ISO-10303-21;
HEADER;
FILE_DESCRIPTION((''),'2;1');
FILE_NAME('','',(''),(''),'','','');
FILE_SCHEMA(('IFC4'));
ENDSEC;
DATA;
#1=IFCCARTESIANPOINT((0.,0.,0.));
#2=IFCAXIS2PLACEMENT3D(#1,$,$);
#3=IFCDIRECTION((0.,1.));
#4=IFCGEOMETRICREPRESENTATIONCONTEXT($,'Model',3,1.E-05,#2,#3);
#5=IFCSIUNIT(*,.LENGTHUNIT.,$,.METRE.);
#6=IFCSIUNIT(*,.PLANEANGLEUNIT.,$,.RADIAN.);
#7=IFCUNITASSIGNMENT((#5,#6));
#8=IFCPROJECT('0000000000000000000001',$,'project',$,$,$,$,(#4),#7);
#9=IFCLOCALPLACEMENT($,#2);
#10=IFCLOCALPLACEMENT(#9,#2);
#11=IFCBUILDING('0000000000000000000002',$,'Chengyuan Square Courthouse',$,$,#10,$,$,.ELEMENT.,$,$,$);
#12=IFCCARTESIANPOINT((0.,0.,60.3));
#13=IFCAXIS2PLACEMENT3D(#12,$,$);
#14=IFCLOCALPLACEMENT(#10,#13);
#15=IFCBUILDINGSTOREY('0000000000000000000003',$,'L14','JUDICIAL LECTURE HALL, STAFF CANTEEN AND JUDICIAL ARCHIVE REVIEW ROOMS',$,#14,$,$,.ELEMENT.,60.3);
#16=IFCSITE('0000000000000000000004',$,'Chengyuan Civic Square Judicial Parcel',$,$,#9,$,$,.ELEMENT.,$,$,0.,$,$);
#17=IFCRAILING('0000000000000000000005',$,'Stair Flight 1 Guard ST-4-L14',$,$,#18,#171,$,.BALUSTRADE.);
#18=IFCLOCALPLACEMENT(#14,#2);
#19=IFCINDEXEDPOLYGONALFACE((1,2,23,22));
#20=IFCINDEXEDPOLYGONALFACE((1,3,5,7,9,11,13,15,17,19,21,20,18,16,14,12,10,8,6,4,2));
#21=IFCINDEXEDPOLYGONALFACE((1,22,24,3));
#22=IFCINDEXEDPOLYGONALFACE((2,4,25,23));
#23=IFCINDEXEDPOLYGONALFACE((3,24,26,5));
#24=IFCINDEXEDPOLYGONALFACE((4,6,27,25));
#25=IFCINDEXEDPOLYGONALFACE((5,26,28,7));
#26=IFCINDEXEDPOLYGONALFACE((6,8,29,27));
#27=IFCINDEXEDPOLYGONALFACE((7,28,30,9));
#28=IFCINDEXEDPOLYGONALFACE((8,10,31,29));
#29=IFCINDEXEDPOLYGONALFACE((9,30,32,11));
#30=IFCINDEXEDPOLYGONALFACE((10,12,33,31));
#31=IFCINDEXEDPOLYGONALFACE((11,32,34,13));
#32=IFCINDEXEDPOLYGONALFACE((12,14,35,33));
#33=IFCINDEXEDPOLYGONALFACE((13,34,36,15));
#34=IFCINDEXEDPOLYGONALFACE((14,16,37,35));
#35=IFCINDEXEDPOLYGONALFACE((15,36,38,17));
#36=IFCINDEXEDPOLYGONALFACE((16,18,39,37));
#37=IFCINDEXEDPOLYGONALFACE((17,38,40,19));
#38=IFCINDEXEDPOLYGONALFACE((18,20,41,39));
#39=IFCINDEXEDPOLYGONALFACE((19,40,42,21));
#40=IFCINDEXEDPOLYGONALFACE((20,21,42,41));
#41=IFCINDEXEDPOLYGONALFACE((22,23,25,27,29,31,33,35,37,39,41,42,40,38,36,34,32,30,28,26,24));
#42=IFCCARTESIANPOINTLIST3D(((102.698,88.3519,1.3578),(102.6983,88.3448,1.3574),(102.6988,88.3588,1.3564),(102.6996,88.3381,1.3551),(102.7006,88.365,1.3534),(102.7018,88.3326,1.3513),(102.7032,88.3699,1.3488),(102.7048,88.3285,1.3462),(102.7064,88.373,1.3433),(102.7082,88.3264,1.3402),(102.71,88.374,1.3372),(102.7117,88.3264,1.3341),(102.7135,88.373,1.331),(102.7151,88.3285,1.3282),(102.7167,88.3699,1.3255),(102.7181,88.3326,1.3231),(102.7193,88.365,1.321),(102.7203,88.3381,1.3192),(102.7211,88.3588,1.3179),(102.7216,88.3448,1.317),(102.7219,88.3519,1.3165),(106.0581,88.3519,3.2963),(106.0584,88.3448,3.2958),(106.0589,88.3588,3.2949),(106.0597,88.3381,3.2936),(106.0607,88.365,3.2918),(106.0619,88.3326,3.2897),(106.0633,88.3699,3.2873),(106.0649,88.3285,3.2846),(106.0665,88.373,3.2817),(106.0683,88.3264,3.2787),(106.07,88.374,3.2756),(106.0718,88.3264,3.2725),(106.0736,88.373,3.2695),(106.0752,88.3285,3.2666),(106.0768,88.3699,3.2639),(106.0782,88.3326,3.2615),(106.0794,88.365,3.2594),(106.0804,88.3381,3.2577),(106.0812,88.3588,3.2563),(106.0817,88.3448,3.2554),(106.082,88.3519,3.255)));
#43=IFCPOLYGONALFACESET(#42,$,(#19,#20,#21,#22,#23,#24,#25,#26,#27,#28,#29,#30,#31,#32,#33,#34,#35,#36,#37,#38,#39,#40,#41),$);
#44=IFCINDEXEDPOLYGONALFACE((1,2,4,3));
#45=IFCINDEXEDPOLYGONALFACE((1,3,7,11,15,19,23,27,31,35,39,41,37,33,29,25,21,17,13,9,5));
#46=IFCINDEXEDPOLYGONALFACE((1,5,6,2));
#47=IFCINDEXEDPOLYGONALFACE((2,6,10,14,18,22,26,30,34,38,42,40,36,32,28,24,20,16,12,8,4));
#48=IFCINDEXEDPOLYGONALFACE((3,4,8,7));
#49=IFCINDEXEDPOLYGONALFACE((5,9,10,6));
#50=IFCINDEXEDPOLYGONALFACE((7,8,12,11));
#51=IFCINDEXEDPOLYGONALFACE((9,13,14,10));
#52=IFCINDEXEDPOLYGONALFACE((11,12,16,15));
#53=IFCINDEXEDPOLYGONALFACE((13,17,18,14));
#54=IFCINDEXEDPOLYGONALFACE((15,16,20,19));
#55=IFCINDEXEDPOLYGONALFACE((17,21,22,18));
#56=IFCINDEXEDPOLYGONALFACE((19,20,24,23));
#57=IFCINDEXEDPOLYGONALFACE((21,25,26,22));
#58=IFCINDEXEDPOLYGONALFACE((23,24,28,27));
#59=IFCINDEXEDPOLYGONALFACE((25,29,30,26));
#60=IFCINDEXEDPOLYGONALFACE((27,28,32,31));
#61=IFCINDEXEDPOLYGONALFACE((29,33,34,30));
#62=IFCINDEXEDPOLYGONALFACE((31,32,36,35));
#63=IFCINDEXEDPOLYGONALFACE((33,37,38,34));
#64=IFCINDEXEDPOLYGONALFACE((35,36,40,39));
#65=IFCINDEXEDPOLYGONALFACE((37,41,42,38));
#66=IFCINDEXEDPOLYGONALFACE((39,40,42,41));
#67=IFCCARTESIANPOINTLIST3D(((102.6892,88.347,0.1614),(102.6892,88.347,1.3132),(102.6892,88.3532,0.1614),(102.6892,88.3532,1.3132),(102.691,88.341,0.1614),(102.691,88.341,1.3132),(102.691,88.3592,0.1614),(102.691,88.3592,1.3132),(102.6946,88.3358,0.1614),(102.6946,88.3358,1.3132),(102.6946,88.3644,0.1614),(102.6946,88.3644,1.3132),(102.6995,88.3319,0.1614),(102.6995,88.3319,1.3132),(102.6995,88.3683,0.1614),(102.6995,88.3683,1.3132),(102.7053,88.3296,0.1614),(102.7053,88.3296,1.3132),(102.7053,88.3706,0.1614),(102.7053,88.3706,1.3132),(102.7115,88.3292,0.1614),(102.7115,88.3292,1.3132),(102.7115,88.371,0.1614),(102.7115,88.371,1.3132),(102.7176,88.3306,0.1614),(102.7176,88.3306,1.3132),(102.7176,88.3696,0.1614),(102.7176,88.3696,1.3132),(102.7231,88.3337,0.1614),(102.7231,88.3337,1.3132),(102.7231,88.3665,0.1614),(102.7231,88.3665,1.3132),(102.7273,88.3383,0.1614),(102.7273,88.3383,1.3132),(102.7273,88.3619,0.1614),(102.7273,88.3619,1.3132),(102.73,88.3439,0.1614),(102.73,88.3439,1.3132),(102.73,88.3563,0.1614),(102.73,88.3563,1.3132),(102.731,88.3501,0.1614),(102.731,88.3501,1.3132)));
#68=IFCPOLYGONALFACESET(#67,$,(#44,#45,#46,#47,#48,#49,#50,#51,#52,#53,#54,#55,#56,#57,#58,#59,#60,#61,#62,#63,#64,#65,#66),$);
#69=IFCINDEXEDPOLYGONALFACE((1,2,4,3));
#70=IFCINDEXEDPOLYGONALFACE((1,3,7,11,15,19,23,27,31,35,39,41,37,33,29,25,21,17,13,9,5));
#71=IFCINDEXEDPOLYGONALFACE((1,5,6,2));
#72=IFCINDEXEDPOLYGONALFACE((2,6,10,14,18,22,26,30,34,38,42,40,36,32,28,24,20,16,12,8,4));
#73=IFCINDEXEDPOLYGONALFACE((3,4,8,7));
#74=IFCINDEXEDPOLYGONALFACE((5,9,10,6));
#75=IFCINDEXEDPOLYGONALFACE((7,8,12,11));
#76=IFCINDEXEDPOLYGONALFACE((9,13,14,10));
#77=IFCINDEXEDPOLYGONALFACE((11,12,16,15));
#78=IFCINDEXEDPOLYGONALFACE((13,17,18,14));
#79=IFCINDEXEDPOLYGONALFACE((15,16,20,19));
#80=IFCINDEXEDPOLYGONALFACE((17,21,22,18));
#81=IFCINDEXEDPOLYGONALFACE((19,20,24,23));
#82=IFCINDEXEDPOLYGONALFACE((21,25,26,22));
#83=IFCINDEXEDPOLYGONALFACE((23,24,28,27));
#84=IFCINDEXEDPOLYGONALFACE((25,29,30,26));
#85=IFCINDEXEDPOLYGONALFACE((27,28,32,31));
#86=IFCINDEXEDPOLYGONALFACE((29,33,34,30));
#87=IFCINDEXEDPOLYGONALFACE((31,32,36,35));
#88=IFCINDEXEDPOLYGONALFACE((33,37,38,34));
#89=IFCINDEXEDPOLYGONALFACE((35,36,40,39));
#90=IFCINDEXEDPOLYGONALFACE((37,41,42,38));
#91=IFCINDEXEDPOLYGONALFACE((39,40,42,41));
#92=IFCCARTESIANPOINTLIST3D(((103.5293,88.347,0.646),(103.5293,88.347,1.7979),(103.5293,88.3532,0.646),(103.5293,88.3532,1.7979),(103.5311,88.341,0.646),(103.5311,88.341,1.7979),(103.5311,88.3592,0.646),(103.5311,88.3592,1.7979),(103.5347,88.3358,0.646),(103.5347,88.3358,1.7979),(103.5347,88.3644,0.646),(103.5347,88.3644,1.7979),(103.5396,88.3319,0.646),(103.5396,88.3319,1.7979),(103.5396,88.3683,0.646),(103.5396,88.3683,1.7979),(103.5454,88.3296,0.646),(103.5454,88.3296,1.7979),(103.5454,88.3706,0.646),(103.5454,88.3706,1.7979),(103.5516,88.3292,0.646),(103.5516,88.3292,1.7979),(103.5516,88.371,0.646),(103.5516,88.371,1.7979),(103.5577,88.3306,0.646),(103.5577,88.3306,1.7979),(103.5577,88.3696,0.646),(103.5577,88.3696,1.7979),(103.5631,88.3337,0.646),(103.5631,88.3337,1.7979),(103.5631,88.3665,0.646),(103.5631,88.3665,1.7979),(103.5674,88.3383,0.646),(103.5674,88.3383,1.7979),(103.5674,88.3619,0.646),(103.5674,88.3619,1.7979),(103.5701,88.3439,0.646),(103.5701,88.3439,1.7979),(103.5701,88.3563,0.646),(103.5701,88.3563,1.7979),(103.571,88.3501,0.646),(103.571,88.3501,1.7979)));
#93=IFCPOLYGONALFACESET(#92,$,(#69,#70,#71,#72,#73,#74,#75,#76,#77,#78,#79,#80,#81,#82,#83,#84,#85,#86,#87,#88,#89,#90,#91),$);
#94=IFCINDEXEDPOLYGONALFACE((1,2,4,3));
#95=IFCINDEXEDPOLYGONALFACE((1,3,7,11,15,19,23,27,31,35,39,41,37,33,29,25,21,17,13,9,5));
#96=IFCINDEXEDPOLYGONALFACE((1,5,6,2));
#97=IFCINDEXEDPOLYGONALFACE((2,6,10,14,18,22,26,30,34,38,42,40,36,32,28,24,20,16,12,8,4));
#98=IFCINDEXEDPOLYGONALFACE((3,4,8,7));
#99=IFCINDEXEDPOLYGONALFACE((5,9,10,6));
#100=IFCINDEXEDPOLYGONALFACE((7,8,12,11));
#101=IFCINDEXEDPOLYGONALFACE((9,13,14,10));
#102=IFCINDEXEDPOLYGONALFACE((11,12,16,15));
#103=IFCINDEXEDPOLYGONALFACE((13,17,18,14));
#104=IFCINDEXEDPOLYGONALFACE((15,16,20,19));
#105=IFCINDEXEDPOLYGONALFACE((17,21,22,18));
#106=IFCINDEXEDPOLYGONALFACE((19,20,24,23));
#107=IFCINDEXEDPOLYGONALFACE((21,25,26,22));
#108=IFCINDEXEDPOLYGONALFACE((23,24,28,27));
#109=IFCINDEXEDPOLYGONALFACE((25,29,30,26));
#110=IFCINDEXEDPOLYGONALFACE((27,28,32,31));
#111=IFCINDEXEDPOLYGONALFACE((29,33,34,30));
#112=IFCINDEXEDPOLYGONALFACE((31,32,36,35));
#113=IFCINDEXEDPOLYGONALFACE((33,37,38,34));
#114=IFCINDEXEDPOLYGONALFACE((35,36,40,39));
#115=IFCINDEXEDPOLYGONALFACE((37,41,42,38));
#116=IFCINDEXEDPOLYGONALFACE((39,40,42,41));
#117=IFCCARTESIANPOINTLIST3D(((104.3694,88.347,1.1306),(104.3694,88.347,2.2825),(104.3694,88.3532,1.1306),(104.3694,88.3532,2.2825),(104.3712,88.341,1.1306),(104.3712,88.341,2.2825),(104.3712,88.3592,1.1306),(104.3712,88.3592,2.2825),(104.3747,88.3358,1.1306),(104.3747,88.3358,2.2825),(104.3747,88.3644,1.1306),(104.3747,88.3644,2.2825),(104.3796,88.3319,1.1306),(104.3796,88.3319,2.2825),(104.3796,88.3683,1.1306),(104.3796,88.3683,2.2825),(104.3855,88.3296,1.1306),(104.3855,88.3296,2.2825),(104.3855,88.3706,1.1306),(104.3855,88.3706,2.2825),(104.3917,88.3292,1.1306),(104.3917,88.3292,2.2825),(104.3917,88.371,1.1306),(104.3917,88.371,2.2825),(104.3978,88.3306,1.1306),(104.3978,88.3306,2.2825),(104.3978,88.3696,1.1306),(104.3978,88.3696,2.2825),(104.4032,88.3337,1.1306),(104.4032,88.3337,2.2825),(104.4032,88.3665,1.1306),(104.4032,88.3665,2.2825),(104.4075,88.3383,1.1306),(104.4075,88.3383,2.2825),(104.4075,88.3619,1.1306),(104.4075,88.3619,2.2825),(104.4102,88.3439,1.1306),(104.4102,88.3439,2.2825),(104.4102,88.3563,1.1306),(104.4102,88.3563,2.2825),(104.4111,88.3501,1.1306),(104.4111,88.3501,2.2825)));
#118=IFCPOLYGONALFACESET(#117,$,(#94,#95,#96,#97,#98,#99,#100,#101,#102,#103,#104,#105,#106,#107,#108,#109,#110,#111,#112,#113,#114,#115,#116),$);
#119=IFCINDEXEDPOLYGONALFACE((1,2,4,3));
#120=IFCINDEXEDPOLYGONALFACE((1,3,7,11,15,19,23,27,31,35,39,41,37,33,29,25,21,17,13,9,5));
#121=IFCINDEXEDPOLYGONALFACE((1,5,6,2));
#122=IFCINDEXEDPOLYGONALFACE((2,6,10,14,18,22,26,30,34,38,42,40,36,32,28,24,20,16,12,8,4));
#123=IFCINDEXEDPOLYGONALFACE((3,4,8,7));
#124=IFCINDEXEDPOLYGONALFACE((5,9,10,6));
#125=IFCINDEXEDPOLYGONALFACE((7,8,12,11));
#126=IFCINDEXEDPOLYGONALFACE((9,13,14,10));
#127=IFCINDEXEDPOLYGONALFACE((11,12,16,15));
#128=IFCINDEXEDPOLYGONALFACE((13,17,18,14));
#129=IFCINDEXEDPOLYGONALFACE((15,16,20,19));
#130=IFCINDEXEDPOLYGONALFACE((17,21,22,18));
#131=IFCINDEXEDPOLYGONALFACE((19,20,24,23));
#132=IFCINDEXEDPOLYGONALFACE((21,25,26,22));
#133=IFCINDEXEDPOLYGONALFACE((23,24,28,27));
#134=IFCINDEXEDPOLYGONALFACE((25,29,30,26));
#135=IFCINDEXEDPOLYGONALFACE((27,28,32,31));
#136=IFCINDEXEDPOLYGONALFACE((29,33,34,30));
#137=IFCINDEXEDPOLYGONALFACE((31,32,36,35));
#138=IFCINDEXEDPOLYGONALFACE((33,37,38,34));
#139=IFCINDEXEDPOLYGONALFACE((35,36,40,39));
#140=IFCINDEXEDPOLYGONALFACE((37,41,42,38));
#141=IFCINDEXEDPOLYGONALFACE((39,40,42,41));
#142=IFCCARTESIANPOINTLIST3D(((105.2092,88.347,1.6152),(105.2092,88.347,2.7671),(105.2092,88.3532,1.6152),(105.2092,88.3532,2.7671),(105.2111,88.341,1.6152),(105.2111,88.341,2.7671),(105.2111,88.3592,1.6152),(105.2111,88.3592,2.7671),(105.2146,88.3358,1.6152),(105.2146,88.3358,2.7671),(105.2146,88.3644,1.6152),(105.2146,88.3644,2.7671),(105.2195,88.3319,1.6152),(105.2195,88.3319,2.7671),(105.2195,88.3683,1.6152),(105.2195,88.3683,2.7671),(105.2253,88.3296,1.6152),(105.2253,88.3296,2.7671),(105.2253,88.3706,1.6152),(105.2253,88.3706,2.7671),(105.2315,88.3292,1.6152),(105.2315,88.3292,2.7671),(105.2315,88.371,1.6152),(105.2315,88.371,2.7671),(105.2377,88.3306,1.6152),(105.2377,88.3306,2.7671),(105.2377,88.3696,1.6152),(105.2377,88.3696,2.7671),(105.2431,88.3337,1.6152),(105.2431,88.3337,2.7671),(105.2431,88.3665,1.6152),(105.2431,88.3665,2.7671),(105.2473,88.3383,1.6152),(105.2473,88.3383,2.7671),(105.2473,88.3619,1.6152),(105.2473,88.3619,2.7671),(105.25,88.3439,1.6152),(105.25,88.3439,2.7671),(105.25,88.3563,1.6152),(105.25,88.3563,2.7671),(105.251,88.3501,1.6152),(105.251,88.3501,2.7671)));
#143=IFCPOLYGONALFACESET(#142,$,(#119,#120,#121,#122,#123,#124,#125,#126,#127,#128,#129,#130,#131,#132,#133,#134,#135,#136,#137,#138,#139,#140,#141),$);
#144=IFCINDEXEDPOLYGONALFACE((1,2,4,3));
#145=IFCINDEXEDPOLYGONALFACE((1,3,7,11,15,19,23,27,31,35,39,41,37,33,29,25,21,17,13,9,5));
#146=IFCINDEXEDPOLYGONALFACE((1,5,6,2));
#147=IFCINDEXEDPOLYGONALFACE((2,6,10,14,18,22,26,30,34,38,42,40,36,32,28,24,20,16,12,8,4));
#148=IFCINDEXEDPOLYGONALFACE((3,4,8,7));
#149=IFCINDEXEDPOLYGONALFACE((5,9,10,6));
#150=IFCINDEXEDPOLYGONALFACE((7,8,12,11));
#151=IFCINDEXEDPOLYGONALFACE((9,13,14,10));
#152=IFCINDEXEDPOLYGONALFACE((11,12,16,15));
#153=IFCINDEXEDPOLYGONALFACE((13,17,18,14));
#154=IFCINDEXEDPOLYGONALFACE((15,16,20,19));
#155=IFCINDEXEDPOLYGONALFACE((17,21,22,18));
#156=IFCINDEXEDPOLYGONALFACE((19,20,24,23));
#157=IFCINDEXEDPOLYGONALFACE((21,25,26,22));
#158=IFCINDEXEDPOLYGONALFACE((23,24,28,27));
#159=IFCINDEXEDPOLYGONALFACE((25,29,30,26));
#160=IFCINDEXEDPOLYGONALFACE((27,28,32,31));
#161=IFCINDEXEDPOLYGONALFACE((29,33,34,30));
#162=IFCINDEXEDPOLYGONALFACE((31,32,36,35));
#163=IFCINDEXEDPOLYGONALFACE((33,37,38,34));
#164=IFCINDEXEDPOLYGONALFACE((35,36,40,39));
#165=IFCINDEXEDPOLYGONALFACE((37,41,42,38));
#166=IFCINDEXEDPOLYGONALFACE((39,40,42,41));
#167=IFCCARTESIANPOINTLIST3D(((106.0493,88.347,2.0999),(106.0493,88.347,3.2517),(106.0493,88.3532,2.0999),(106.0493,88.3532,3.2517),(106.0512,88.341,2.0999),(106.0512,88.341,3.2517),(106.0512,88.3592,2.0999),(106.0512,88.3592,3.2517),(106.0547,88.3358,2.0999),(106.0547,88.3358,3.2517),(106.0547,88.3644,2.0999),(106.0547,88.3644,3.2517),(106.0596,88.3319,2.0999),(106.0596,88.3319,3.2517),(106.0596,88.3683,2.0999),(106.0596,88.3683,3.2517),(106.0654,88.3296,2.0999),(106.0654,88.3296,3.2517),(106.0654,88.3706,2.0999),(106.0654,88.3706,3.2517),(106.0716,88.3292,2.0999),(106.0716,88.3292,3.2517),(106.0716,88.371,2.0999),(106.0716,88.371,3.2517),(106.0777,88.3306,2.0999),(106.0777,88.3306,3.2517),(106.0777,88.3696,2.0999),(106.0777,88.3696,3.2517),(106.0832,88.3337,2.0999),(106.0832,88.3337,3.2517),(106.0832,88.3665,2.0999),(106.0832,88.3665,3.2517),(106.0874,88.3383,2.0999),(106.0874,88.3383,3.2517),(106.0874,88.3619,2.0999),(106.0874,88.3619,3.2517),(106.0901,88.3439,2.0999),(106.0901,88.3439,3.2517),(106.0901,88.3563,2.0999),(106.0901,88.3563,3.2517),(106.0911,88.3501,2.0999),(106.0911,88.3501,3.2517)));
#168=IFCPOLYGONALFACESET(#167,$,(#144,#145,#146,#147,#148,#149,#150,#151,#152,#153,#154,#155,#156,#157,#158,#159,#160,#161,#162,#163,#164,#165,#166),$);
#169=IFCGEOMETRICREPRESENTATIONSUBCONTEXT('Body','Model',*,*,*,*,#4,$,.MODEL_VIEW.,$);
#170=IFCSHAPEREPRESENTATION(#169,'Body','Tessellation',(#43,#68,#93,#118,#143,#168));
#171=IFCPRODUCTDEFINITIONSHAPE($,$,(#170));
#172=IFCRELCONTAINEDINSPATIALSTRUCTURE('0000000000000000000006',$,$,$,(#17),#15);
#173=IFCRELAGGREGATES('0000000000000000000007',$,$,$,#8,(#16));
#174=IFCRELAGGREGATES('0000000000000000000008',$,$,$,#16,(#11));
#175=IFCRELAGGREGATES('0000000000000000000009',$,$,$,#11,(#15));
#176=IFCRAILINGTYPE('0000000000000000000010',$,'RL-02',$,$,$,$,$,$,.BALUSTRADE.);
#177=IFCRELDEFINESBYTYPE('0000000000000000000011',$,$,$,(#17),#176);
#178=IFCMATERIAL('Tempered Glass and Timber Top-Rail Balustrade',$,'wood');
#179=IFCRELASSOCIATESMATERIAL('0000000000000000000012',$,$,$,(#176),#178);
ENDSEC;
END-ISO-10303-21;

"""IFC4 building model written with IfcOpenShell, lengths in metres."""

from ifc_helpers import new_model, si_unit, direction, frame, origin, origin_2d, place, context, subcontext, project, spatial, circle, extrude, material, type_object, element, save


model = new_model("IFC4")

# Units and contexts
model_context = context("Model", 3, precision=1e-05, world=origin(), true_north=direction((0.0, 1.0)))
body_context = subcontext(model_context, "Body", "Model", "MODEL_VIEW")
ifc_project = project(units=[si_unit("LENGTHUNIT", "METRE"), si_unit("PLANEANGLEUNIT", "RADIAN")], contexts=[model_context])

# Site, building, storey
site_placement = place(None, origin())
site = spatial("IfcSite", under=ifc_project, at=site_placement, Name="Chengyuan Civic Square Judicial Parcel", CompositionType="ELEMENT", RefElevation=0.0)
building_placement = place(site_placement, origin())
building = spatial("IfcBuilding", under=site, at=building_placement, Name="Chengyuan Square Courthouse", CompositionType="ELEMENT")
storey_placement = place(building_placement, frame((0.0, 0.0, 60.3)))
storey = spatial("IfcBuildingStorey", under=building, at=storey_placement, Name="L14", Description="JUDICIAL LECTURE HALL, STAFF CANTEEN AND JUDICIAL ARCHIVE REVIEW ROOMS", CompositionType="ELEMENT", Elevation=60.3)

# Railing
ifc_material_1 = material(Name="Tempered Glass and Timber Top-Rail Balustrade", Category="wood")
railing_type_1 = type_object("IfcRailingType", Name="RL-02", PredefinedType="BALUSTRADE", material=ifc_material_1)
railing_1_placement = place(storey_placement, frame((102.71, 88.3501, 0.1614)))
element("IfcRailing", 1, at=railing_1_placement, inside=storey, type_object=railing_type_1, Name="Stair Flight 1 Guard ST-4-L14", PredefinedType="BALUSTRADE", context=body_context, shape_type="SweptSolid", body=[
    extrude(circle(Radius=0.0239, at=origin_2d()), frame((0.0, 0.0, 1.1758), z_axis=(0.866191, 0.0, 0.499713), x_axis=(0.0, 1.0, 0.0)), (0.0, 0.0, 1.0), 3.8792),
    extrude(circle(Radius=0.021, at=origin_2d()), origin(), (0.0, 0.0, 1.0), 1.1519),
    extrude(circle(Radius=0.021, at=origin_2d()), frame((0.8401, 0.0, 0.4846)), (0.0, 0.0, 1.0), 1.1519),
    extrude(circle(Radius=0.021, at=origin_2d()), frame((1.6802, 0.0, 0.9692)), (0.0, 0.0, 1.0), 1.1519),
    extrude(circle(Radius=0.021, at=origin_2d()), frame((2.52, 0.0, 1.4539)), (0.0, 0.0, 1.0), 1.1519),
    extrude(circle(Radius=0.021, at=origin_2d()), frame((3.3601, 0.0, 1.9385)), (0.0, 0.0, 1.0), 1.1519),
])

save(model, "model.ifc")
